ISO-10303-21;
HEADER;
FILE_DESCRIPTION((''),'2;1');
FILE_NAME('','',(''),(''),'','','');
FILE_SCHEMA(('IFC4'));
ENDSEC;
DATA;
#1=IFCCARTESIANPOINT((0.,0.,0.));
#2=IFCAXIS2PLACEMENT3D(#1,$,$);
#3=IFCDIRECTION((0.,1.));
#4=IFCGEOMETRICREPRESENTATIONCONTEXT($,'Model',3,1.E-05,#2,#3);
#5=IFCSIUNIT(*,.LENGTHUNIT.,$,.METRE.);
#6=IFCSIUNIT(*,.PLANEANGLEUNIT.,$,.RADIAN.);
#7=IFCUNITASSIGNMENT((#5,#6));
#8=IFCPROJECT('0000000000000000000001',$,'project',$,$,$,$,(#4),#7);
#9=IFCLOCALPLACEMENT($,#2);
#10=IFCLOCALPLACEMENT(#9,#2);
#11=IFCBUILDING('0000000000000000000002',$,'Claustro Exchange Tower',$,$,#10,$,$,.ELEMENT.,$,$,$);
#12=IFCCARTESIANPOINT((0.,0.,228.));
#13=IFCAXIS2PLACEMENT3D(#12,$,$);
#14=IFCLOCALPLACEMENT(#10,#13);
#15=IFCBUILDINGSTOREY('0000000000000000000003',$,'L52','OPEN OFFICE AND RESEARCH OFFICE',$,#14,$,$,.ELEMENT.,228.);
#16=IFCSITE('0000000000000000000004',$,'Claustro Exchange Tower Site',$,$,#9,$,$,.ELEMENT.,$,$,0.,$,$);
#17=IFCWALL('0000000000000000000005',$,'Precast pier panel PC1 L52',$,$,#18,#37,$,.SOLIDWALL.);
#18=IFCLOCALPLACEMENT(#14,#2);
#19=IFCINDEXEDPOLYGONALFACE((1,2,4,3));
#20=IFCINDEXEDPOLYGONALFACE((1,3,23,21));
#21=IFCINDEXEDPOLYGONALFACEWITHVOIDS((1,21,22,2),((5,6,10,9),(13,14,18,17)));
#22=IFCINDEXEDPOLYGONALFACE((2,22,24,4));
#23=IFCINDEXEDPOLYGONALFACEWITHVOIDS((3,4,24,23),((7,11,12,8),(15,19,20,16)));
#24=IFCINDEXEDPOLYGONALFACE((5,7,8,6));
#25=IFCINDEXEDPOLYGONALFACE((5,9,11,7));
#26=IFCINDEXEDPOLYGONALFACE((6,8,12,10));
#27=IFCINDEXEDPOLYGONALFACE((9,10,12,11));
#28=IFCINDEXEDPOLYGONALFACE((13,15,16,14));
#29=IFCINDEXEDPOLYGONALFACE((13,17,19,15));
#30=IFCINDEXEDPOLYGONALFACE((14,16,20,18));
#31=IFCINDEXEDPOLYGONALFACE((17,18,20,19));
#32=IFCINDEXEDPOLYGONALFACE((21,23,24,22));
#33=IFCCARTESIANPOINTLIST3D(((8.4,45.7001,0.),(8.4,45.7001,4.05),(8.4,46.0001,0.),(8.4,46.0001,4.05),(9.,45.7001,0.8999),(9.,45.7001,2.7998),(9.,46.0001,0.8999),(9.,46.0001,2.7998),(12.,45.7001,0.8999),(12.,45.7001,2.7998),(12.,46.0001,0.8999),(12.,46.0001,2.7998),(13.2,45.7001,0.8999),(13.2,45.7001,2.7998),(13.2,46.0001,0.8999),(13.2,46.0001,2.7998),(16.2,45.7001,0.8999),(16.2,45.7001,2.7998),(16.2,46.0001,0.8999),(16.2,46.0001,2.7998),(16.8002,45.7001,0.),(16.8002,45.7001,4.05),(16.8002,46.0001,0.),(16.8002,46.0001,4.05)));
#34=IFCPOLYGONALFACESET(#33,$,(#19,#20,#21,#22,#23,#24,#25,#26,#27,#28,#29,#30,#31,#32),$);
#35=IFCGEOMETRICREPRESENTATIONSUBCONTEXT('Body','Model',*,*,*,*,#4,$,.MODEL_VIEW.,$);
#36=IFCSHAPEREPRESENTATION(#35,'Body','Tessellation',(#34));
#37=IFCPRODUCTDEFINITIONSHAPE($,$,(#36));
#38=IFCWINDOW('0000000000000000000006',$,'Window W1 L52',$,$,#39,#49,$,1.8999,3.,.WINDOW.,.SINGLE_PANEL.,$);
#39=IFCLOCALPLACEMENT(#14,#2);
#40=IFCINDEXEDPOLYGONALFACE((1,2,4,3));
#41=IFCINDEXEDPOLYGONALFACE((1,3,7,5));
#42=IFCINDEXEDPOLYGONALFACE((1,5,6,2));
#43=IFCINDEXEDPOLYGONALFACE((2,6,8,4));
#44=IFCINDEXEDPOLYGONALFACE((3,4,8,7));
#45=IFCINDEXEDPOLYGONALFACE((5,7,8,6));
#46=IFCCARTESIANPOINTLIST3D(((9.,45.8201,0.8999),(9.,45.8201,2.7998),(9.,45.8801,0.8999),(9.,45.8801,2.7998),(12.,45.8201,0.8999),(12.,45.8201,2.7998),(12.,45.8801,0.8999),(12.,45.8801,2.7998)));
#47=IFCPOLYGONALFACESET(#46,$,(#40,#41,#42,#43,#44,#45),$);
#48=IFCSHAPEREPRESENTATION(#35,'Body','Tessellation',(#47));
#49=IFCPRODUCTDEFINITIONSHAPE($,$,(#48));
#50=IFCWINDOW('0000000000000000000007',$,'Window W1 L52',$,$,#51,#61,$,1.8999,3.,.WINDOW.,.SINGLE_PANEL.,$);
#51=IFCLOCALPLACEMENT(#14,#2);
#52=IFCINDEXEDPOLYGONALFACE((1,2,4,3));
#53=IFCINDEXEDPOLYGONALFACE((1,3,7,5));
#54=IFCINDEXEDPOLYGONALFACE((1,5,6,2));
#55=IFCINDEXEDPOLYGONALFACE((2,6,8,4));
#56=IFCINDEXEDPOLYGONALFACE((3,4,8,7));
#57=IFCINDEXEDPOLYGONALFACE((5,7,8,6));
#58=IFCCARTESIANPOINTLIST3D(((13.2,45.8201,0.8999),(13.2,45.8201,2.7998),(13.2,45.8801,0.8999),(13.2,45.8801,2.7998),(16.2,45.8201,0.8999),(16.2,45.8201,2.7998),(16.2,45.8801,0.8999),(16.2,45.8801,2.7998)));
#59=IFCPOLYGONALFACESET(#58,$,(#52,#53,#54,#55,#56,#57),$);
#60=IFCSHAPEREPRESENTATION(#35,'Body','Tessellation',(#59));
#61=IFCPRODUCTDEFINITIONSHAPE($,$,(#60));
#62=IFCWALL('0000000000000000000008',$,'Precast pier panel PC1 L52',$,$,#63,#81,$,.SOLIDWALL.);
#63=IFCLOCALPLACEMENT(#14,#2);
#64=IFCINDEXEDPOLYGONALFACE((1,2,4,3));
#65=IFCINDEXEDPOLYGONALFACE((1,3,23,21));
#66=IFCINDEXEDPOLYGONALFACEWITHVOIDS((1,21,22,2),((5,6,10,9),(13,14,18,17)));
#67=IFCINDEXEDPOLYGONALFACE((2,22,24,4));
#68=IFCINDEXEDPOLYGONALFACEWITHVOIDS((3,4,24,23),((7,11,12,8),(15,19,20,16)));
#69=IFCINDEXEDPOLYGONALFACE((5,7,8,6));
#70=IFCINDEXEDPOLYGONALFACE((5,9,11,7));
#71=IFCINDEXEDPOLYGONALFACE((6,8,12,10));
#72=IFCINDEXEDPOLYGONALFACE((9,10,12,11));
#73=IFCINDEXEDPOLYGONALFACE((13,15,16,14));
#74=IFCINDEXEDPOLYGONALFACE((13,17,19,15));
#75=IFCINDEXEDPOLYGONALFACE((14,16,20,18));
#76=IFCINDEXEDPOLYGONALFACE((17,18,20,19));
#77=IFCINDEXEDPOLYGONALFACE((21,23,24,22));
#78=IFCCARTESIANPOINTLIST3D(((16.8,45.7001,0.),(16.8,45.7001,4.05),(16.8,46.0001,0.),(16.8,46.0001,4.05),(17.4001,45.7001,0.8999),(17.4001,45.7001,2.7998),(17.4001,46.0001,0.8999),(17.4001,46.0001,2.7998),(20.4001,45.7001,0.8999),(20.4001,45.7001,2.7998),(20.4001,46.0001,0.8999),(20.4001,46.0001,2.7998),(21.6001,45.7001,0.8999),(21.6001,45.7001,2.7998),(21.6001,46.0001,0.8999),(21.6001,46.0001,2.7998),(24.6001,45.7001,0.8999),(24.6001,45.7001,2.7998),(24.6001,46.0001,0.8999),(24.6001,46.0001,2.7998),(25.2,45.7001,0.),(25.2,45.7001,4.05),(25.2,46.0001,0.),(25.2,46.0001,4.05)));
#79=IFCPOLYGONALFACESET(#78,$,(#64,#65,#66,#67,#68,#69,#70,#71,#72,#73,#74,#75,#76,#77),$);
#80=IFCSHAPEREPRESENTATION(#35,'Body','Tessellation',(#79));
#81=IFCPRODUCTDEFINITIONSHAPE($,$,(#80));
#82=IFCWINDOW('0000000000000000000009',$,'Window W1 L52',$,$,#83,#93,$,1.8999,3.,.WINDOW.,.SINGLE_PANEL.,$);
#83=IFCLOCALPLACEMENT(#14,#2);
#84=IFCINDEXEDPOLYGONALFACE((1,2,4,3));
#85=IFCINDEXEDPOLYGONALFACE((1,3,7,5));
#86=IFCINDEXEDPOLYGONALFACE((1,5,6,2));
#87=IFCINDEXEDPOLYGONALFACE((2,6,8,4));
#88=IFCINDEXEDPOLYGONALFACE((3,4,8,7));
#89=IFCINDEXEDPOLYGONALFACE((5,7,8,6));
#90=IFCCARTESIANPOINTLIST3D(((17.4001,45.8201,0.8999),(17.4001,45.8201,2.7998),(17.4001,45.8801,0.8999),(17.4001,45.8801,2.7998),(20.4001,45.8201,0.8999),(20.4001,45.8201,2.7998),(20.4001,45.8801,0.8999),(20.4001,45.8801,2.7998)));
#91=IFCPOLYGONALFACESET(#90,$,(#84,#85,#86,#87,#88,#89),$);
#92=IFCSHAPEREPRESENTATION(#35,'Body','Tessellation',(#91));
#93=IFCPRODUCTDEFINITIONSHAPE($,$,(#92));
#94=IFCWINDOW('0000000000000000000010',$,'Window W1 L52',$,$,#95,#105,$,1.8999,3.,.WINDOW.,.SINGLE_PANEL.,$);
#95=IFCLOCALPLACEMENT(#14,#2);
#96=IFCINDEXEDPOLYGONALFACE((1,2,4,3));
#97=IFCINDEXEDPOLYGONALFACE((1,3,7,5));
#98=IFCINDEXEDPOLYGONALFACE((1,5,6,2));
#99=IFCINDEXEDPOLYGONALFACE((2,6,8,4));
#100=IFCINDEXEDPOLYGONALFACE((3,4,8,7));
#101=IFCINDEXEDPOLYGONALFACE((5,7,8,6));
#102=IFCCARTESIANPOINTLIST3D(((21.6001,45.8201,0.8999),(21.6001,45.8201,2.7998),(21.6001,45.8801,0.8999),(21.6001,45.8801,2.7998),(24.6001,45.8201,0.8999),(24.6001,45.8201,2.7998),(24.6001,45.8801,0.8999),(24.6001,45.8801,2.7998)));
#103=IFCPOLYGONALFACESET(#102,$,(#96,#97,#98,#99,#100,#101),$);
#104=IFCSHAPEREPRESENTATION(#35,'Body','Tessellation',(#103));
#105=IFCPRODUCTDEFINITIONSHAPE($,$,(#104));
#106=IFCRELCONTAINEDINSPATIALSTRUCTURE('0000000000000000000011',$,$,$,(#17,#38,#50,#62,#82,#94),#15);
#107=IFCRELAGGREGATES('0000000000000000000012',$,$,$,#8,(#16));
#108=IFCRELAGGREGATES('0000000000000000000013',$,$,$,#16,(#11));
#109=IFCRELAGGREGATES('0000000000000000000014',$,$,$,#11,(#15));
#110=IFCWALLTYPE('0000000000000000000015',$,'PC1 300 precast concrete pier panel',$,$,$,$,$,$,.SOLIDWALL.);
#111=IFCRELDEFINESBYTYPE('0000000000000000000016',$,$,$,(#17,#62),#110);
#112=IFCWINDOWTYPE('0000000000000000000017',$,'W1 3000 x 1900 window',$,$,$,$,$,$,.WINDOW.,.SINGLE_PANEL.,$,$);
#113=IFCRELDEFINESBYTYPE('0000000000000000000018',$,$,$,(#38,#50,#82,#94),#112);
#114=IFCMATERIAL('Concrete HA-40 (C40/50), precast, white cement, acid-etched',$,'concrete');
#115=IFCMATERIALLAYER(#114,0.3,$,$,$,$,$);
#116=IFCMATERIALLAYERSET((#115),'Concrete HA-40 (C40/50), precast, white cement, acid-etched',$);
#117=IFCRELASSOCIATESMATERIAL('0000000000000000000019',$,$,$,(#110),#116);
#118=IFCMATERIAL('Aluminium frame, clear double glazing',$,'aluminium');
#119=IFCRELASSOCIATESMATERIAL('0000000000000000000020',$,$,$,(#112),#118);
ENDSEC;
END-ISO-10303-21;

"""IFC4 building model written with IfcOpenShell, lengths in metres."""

from ifc_helpers import new_model, si_unit, direction, frame, frame_2d, origin, place, context, subcontext, project, spatial, rectangle, extrude, material, layer, layer_set, type_object, element, fill, save


model = new_model("IFC4")

# Units and contexts
model_context = context("Model", 3, precision=1e-05, world=origin(), true_north=direction((0.0, 1.0)))
body_context = subcontext(model_context, "Body", "Model", "MODEL_VIEW")
ifc_project = project(units=[si_unit("LENGTHUNIT", "METRE"), si_unit("PLANEANGLEUNIT", "RADIAN")], contexts=[model_context])

# Site, building, storey
site_placement = place(None, origin())
site = spatial("IfcSite", under=ifc_project, at=site_placement, Name="Claustro Exchange Tower Site", CompositionType="ELEMENT", RefElevation=0.0)
building_placement = place(site_placement, origin())
building = spatial("IfcBuilding", under=site, at=building_placement, Name="Claustro Exchange Tower", CompositionType="ELEMENT")
storey_placement = place(building_placement, frame((0.0, 0.0, 228.0)))
storey = spatial("IfcBuildingStorey", under=building, at=storey_placement, Name="L52", Description="OPEN OFFICE AND RESEARCH OFFICE", CompositionType="ELEMENT", Elevation=228.0)

# Walls, openings, windows
ifc_material_1 = material(Name="Concrete HA-40 (C40/50), precast, white cement, acid-etched", Category="concrete")
ifc_layer_1 = layer(ifc_material_1, 0.3)
ifc_layer_set_1 = layer_set([ifc_layer_1], Name="Concrete HA-40 (C40/50), precast, white cement, acid-etched")
wall_type_1 = type_object("IfcWallType", Name="PC1 300 precast concrete pier panel", PredefinedType="SOLIDWALL", material=ifc_layer_set_1)
wall_1_placement = place(storey_placement, frame((8.3999, 45.8501, 0.0), z_axis=(0.0, 0.0, 1.0), x_axis=(1.0, 0.0, 0.0)))
wall_1 = element("IfcWall", 1, at=wall_1_placement, inside=storey, type_object=wall_type_1, Name="Precast pier panel PC1 L52", PredefinedType="SOLIDWALL", context=body_context, shape_type="SweptSolid", body=[
    extrude(rectangle(XDim=8.4001, YDim=0.3, at=frame_2d((4.2002, 0.0))), origin(), (0.0, 0.0, 1.0), 4.05),
])
opening_1_placement = place(wall_1_placement, frame((0.6001, 0.0, 0.8999)))
opening_1 = element("IfcOpeningElement", 2, at=opening_1_placement, cuts=wall_1, PredefinedType="OPENING", context=body_context, shape_type="SweptSolid", body=[
    extrude(rectangle(XDim=3.0, YDim=1.8999, at=frame_2d((1.5, 0.95))), frame((0.0, 0.1599, 0.0), z_axis=(0.0, -1.0, 0.0), x_axis=(1.0, 0.0, 0.0)), (0.0, 0.0, 1.0), 0.3201),
])
opening_2_placement = place(wall_1_placement, frame((4.8, 0.0, 0.8999)))
opening_2 = element("IfcOpeningElement", 3, at=opening_2_placement, cuts=wall_1, PredefinedType="OPENING", context=body_context, shape_type="SweptSolid", body=[
    extrude(rectangle(XDim=3.0, YDim=1.8999, at=frame_2d((1.5, 0.95))), frame((0.0, 0.1599, 0.0), z_axis=(0.0, -1.0, 0.0), x_axis=(1.0, 0.0, 0.0)), (0.0, 0.0, 1.0), 0.3201),
])
ifc_material_2 = material(Name="Aluminium frame, clear double glazing", Category="aluminium")
window_type = type_object("IfcWindowType", Name="W1 3000 x 1900 window", PartitioningType="SINGLE_PANEL", PredefinedType="WINDOW", material=ifc_material_2)
window_1_placement = place(opening_1_placement, origin())
window_1 = element("IfcWindow", 4, at=window_1_placement, inside=storey, type_object=window_type, Name="Window W1 L52", OverallHeight=1.8999, OverallWidth=3.0, PartitioningType="SINGLE_PANEL", PredefinedType="WINDOW", context=body_context, shape_type="SweptSolid", body=[
    extrude(rectangle(XDim=3.0, YDim=1.8999, at=frame_2d((1.5, 0.95))), frame((0.0, 0.03, 0.0), z_axis=(0.0, -1.0, 0.0), x_axis=(1.0, 0.0, 0.0)), (0.0, 0.0, 1.0), 0.0601),
])
fill(opening_1, window_1)
window_2_placement = place(opening_2_placement, origin())
window_2 = element("IfcWindow", 5, at=window_2_placement, inside=storey, type_object=window_type, Name="Window W1 L52", OverallHeight=1.8999, OverallWidth=3.0, PartitioningType="SINGLE_PANEL", PredefinedType="WINDOW", context=body_context, shape_type="SweptSolid", body=[
    extrude(rectangle(XDim=3.0, YDim=1.8999, at=frame_2d((1.5, 0.95))), frame((0.0, 0.03, 0.0), z_axis=(0.0, -1.0, 0.0), x_axis=(1.0, 0.0, 0.0)), (0.0, 0.0, 1.0), 0.0601),
])
fill(opening_2, window_2)
wall_2_placement = place(storey_placement, frame((16.8, 45.8501, 0.0), z_axis=(0.0, 0.0, 1.0), x_axis=(1.0, 0.0, 0.0)))
wall_2 = element("IfcWall", 6, at=wall_2_placement, inside=storey, type_object=wall_type_1, Name="Precast pier panel PC1 L52", PredefinedType="SOLIDWALL", context=body_context, shape_type="SweptSolid", body=[
    extrude(rectangle(XDim=8.3999, YDim=0.3, at=frame_2d((4.2, 0.0))), origin(), (0.0, 0.0, 1.0), 4.05),
])
opening_3_placement = place(wall_2_placement, frame((0.6001, 0.0, 0.8999)))
opening_3 = element("IfcOpeningElement", 7, at=opening_3_placement, cuts=wall_2, PredefinedType="OPENING", context=body_context, shape_type="SweptSolid", body=[
    extrude(rectangle(XDim=3.0, YDim=1.8999, at=frame_2d((1.5, 0.95))), frame((0.0, 0.1599, 0.0), z_axis=(0.0, -1.0, 0.0), x_axis=(1.0, 0.0, 0.0)), (0.0, 0.0, 1.0), 0.3201),
])
opening_4_placement = place(wall_2_placement, frame((4.8, 0.0, 0.8999)))
opening_4 = element("IfcOpeningElement", 8, at=opening_4_placement, cuts=wall_2, PredefinedType="OPENING", context=body_context, shape_type="SweptSolid", body=[
    extrude(rectangle(XDim=3.0, YDim=1.8999, at=frame_2d((1.5, 0.95))), frame((0.0, 0.1599, 0.0), z_axis=(0.0, -1.0, 0.0), x_axis=(1.0, 0.0, 0.0)), (0.0, 0.0, 1.0), 0.3201),
])
window_3_placement = place(opening_3_placement, origin())
window_3 = element("IfcWindow", 9, at=window_3_placement, inside=storey, type_object=window_type, Name="Window W1 L52", OverallHeight=1.8999, OverallWidth=3.0, PartitioningType="SINGLE_PANEL", PredefinedType="WINDOW", context=body_context, shape_type="SweptSolid", body=[
    extrude(rectangle(XDim=3.0, YDim=1.8999, at=frame_2d((1.5, 0.95))), frame((0.0, 0.03, 0.0), z_axis=(0.0, -1.0, 0.0), x_axis=(1.0, 0.0, 0.0)), (0.0, 0.0, 1.0), 0.0601),
])
fill(opening_3, window_3)
window_4_placement = place(opening_4_placement, origin())
window_4 = element("IfcWindow", 10, at=window_4_placement, inside=storey, type_object=window_type, Name="Window W1 L52", OverallHeight=1.8999, OverallWidth=3.0, PartitioningType="SINGLE_PANEL", PredefinedType="WINDOW", context=body_context, shape_type="SweptSolid", body=[
    extrude(rectangle(XDim=3.0, YDim=1.8999, at=frame_2d((1.5, 0.95))), frame((0.0, 0.03, 0.0), z_axis=(0.0, -1.0, 0.0), x_axis=(1.0, 0.0, 0.0)), (0.0, 0.0, 1.0), 0.0601),
])
fill(opening_4, window_4)

save(model, "model.ifc")
